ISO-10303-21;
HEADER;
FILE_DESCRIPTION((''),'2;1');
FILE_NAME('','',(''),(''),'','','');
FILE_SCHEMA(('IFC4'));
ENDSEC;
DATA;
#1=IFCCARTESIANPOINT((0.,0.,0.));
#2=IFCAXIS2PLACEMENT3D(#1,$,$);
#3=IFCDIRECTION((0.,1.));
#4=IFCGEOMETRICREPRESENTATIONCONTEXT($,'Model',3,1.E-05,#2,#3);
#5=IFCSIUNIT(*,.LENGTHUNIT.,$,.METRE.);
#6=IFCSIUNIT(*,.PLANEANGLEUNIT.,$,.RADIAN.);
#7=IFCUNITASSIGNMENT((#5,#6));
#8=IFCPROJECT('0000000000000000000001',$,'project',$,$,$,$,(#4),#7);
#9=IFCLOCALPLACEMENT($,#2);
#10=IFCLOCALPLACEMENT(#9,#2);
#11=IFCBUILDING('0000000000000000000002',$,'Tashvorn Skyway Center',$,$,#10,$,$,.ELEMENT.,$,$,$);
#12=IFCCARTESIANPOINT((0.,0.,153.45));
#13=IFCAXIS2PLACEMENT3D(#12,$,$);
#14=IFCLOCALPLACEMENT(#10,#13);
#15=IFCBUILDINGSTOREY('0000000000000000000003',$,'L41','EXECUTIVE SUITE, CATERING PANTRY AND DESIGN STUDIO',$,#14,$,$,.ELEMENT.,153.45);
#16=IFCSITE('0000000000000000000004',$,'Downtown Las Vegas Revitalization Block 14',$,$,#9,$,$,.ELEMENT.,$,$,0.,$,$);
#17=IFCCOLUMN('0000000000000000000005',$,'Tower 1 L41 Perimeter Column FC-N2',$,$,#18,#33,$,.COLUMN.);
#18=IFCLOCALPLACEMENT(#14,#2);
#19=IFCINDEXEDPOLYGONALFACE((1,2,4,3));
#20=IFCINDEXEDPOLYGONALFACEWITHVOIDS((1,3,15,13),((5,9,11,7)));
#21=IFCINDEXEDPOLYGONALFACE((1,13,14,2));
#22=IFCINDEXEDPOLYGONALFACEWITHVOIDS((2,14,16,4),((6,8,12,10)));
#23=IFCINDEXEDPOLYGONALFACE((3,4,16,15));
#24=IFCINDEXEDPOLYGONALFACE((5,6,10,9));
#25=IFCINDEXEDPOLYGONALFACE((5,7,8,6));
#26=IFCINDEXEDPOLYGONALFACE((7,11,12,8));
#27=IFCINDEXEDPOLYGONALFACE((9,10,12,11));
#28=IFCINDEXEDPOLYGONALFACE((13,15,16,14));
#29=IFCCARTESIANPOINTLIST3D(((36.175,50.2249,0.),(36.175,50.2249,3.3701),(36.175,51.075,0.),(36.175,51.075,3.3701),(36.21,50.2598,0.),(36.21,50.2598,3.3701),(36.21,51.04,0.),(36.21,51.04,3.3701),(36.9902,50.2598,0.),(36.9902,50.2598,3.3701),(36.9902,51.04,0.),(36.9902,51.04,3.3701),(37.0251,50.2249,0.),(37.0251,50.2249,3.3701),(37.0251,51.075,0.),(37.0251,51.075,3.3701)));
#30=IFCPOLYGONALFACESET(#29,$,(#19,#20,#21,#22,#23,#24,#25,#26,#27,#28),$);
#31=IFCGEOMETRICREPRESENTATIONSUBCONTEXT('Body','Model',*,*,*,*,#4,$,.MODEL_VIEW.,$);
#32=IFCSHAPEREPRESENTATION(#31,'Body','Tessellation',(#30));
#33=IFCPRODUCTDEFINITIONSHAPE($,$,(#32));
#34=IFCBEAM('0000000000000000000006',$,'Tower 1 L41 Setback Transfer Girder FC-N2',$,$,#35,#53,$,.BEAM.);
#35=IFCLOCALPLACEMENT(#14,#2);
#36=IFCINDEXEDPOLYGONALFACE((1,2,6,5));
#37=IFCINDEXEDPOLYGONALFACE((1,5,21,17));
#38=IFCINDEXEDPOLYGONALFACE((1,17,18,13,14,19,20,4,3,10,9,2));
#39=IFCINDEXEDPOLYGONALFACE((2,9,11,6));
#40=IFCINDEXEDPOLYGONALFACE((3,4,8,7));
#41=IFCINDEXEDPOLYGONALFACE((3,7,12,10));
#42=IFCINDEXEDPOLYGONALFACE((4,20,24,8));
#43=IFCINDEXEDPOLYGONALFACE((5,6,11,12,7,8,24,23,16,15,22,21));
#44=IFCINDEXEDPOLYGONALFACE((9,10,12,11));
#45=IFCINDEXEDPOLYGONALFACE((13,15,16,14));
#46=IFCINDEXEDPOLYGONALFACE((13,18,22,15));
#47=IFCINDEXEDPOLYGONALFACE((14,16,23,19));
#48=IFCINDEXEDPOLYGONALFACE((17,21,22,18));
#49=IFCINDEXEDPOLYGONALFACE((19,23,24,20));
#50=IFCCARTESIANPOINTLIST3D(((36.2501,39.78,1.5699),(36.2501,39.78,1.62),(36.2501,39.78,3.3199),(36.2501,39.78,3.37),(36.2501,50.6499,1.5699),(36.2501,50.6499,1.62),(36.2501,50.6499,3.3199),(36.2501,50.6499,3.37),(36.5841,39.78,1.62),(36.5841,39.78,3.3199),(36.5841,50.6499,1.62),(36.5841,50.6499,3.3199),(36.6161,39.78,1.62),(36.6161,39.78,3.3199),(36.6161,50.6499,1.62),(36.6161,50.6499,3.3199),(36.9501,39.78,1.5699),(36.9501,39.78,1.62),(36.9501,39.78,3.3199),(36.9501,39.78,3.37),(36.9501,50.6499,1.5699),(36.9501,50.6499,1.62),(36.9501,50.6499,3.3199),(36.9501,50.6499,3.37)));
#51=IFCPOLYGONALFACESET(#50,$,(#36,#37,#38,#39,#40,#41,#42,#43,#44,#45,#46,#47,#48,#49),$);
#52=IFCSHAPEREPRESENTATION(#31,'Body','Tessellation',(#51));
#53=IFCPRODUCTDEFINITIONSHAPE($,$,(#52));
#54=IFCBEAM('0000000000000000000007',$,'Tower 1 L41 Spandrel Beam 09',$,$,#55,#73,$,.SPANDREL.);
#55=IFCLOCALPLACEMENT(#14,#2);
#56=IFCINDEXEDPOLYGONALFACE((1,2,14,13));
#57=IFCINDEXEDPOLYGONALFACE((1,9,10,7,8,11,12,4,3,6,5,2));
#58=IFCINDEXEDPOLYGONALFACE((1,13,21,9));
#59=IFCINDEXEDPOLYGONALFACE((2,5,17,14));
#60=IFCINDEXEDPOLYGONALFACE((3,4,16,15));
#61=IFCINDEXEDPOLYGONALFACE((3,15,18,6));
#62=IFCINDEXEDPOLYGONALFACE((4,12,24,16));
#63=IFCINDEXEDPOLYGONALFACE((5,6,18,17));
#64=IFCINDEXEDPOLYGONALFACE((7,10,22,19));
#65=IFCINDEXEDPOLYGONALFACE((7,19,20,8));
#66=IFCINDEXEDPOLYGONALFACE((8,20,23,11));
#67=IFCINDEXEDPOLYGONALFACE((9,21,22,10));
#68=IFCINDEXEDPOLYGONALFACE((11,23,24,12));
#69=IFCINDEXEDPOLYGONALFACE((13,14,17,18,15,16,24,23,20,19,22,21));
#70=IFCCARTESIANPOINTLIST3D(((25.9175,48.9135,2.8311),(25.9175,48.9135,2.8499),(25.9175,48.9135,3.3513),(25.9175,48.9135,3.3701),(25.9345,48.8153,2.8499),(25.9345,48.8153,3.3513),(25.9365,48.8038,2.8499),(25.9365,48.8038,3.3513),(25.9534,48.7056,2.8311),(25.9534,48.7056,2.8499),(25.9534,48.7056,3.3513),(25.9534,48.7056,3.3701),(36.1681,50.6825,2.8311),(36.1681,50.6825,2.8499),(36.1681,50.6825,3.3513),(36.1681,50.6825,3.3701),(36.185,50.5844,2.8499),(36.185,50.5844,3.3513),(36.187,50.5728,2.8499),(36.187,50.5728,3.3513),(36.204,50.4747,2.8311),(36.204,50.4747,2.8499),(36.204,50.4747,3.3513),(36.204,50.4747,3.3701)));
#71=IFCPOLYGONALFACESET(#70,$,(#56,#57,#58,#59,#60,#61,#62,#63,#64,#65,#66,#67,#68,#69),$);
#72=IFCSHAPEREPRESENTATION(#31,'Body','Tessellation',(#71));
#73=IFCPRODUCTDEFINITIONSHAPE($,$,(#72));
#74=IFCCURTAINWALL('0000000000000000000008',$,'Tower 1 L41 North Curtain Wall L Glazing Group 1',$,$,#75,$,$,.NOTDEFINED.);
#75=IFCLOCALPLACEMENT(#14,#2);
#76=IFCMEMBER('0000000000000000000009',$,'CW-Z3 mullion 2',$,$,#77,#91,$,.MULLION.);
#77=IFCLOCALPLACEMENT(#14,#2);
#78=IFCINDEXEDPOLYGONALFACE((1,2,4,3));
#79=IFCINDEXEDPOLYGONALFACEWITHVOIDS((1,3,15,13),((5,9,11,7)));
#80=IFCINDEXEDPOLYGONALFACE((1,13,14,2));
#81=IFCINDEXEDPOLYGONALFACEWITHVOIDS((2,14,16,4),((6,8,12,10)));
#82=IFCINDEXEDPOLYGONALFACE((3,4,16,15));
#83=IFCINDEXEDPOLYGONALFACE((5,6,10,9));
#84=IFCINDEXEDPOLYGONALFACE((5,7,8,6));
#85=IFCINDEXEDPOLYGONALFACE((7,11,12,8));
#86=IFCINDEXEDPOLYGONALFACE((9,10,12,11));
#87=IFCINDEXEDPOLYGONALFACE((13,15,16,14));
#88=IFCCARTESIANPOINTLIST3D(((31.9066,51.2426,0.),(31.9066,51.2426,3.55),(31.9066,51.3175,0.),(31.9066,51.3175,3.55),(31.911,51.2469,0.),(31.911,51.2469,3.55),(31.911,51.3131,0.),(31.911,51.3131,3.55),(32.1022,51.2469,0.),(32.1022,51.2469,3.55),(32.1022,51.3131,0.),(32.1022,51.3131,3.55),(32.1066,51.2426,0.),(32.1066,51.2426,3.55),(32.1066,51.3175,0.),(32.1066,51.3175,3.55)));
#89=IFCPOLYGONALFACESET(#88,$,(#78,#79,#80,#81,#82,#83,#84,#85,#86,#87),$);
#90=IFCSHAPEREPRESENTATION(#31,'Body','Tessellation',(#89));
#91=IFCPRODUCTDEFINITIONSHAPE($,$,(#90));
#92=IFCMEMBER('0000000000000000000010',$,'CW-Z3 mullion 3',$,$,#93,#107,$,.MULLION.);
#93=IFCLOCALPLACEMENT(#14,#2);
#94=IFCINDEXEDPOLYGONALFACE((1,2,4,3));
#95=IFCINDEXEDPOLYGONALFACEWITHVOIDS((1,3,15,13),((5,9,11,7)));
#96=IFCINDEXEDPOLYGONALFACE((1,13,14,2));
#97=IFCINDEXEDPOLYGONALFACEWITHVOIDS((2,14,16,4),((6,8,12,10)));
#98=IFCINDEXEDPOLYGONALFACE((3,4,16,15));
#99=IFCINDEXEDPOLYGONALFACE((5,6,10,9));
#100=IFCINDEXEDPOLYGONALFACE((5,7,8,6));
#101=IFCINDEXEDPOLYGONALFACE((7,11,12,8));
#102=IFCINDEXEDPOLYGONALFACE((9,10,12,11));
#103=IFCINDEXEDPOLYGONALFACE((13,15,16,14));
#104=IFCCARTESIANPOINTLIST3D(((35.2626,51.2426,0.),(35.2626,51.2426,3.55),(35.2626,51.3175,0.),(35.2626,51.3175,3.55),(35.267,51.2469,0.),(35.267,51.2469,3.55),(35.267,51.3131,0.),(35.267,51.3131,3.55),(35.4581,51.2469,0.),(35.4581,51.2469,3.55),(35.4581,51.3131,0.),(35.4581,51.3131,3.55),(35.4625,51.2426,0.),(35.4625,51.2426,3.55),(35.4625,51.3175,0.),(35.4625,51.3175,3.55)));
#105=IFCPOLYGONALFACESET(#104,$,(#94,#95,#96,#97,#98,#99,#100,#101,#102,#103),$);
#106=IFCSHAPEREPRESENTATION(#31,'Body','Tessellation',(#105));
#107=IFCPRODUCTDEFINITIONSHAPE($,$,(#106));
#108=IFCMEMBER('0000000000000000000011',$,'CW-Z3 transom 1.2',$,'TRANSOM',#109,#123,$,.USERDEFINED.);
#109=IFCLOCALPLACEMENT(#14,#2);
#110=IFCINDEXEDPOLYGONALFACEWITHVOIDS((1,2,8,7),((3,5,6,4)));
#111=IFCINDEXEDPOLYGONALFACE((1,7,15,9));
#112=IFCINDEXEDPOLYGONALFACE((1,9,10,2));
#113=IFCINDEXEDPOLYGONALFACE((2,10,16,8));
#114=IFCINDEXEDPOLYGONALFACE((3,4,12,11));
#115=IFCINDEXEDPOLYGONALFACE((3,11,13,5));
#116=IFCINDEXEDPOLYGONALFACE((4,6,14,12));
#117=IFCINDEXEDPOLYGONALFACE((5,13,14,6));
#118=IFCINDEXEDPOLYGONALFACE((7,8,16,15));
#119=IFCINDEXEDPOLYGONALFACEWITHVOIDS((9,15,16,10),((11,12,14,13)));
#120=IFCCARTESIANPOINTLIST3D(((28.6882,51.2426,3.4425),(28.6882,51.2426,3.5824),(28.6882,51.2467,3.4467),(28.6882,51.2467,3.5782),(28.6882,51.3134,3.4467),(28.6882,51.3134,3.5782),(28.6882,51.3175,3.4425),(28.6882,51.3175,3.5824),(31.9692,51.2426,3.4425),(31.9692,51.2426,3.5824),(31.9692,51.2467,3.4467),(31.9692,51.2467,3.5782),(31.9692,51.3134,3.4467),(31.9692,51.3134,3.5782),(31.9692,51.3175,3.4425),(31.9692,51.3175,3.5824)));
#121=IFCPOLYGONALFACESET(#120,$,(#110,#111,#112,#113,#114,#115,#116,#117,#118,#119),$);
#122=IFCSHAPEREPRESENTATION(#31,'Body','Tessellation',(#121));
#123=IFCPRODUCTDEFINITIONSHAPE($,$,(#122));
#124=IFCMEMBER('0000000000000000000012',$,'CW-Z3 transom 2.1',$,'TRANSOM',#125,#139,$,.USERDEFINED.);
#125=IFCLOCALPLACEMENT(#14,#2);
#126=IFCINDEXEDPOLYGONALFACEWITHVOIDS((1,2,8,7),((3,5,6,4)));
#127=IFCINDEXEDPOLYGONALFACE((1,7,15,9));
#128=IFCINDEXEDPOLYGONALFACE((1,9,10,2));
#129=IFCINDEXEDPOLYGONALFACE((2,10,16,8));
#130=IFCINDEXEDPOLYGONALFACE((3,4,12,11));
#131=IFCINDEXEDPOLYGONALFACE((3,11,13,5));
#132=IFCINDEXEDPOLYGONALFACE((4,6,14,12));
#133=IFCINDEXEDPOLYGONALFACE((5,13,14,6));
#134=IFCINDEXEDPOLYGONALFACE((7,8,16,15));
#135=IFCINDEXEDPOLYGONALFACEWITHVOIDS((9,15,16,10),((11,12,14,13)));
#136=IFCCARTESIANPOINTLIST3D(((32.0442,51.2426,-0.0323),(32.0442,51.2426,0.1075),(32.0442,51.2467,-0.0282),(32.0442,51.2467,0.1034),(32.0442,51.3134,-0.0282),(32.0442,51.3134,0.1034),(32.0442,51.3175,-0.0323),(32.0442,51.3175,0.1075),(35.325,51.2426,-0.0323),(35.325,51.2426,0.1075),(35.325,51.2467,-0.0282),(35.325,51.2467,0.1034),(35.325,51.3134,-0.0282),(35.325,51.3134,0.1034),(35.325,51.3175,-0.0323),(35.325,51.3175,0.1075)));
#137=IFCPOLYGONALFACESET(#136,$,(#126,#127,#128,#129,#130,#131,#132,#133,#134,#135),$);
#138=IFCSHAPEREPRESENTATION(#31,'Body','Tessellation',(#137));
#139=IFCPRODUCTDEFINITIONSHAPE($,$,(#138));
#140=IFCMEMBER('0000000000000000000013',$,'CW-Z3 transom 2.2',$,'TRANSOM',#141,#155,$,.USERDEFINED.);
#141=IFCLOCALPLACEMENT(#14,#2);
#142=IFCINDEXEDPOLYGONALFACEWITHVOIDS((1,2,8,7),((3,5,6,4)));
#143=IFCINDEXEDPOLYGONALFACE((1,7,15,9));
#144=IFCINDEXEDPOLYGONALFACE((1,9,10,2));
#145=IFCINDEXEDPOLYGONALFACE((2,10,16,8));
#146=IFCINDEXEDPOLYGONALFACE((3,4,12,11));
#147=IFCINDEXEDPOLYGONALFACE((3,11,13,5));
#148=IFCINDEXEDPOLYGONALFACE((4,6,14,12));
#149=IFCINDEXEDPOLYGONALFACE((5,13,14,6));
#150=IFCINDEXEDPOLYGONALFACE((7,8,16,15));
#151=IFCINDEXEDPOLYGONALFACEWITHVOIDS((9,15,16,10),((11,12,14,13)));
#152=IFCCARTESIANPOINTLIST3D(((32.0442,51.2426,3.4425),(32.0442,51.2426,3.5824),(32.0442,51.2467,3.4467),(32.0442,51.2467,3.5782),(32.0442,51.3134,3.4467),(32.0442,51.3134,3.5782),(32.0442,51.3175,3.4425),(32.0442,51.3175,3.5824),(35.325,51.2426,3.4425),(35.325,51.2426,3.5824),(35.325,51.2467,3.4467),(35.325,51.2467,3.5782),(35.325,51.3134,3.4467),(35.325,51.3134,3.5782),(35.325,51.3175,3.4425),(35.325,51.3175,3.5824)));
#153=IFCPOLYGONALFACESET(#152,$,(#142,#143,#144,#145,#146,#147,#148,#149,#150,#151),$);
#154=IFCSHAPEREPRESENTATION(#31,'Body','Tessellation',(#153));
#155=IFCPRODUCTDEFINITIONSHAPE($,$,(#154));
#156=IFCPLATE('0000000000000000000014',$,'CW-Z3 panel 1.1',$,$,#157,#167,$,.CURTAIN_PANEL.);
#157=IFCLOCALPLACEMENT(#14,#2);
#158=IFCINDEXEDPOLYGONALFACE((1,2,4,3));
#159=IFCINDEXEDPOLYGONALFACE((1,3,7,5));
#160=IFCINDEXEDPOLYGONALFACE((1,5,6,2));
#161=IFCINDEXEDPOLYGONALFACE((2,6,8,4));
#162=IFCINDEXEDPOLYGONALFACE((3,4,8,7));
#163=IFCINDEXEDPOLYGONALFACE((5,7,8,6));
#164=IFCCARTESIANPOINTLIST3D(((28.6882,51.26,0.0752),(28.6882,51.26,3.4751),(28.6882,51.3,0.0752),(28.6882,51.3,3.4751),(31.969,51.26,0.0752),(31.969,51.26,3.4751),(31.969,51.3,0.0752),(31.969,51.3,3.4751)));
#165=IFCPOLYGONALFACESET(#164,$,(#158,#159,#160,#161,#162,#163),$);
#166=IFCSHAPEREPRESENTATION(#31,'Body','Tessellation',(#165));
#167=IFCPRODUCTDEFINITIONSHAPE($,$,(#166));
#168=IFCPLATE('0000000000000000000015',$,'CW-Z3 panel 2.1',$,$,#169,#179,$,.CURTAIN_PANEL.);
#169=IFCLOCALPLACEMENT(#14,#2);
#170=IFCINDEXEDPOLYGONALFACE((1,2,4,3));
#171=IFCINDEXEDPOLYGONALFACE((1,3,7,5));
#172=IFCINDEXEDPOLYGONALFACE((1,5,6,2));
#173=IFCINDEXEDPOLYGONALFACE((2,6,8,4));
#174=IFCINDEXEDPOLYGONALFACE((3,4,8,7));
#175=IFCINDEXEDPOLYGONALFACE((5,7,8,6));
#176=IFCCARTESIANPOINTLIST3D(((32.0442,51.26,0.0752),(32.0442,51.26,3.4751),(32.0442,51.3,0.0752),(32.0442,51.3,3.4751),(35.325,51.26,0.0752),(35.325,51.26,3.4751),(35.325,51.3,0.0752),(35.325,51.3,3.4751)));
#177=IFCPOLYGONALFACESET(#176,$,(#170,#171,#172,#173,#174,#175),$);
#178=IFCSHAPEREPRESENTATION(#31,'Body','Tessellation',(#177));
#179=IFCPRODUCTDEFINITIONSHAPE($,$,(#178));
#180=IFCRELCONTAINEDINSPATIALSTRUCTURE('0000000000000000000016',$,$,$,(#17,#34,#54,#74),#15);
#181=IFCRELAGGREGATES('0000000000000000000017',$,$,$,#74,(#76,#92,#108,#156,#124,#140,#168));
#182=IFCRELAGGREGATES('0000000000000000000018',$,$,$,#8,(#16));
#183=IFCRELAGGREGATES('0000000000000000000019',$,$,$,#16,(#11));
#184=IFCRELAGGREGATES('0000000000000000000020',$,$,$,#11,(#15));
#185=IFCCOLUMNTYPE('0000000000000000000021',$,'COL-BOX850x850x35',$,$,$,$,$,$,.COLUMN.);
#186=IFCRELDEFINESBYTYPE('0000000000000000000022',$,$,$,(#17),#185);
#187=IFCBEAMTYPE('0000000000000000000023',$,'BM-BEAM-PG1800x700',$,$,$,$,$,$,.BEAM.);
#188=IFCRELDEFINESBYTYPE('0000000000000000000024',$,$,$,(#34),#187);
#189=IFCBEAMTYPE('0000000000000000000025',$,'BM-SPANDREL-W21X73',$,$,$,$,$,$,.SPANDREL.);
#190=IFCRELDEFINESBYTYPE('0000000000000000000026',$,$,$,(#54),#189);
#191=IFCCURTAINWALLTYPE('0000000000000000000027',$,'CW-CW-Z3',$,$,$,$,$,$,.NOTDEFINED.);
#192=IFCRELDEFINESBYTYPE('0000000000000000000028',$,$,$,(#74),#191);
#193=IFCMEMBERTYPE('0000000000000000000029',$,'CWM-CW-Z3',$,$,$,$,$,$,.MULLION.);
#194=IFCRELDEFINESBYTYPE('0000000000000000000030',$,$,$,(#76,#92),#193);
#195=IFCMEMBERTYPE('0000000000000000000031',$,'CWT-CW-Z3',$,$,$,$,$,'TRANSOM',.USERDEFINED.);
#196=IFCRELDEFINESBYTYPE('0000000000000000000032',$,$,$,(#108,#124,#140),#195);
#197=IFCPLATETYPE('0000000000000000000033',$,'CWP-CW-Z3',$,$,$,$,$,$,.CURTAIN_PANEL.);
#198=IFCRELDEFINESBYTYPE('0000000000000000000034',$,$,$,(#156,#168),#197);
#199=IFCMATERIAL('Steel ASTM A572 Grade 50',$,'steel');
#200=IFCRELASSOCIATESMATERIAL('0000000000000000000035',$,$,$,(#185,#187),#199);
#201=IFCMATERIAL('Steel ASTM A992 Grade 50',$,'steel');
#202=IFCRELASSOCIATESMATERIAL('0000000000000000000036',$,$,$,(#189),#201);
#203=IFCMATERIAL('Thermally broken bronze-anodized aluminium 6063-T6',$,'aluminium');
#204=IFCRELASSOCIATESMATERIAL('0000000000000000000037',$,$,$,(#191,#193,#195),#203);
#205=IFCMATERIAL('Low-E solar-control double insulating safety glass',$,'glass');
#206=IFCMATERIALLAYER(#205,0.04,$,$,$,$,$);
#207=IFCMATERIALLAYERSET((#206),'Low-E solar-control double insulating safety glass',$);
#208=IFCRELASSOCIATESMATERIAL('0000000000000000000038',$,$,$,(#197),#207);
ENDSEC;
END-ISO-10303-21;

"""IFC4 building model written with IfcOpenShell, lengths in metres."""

from ifc_helpers import new_model, si_unit, direction, frame, origin, origin_2d, place, context, subcontext, project, spatial, rectangle, hollow_rectangle, i_section, extrude, material, layer, layer_set, material_profile, profile_set, type_object, element, aggregate, save


model = new_model("IFC4")

# Units and contexts
model_context = context("Model", 3, precision=1e-05, world=origin(), true_north=direction((0.0, 1.0)))
body_context = subcontext(model_context, "Body", "Model", "MODEL_VIEW")
ifc_project = project(units=[si_unit("LENGTHUNIT", "METRE"), si_unit("PLANEANGLEUNIT", "RADIAN")], contexts=[model_context])

# Site, building, storey
site_placement = place(None, origin())
site = spatial("IfcSite", under=ifc_project, at=site_placement, Name="Downtown Las Vegas Revitalization Block 14", CompositionType="ELEMENT", RefElevation=0.0)
building_placement = place(site_placement, origin())
building = spatial("IfcBuilding", under=site, at=building_placement, Name="Tashvorn Skyway Center", CompositionType="ELEMENT")
storey_placement = place(building_placement, frame((0.0, 0.0, 153.45)))
storey = spatial("IfcBuildingStorey", under=building, at=storey_placement, Name="L41", Description="EXECUTIVE SUITE, CATERING PANTRY AND DESIGN STUDIO", CompositionType="ELEMENT", Elevation=153.45)

# Column
ifc_material_1 = material(Name="Steel ASTM A572 Grade 50", Category="steel")
ifc_material_profile_1 = material_profile(ifc_material_1, hollow_rectangle(XDim=0.8501, YDim=0.8501, WallThickness=0.0349, at=origin_2d()), Name="BOX850x850x35")
ifc_profile_set_1 = profile_set([ifc_material_profile_1], Name="Steel ASTM A572 Grade 50")
column_type = type_object("IfcColumnType", Name="COL-BOX850x850x35", PredefinedType="COLUMN", material=ifc_profile_set_1)
column_placement = place(storey_placement, frame((36.6001, 50.6499, 0.0), z_axis=(0.0, 0.0, 1.0), x_axis=(1.0, 0.0, 0.0)))
element("IfcColumn", 1, at=column_placement, inside=storey, type_object=column_type, Name="Tower 1 L41 Perimeter Column FC-N2", PredefinedType="COLUMN", context=body_context, shape_type="SweptSolid", body=[
    extrude(hollow_rectangle(XDim=0.8501, YDim=0.8501, WallThickness=0.0349, at=origin_2d()), origin(), (0.0, 0.0, 1.0), 3.3701),
])

# Beams
ifc_material_profile_2 = material_profile(ifc_material_1, i_section(OverallWidth=0.7, OverallDepth=1.8, WebThickness=0.032, FlangeThickness=0.05, at=origin_2d()), Name="PG1800x700")
ifc_profile_set_2 = profile_set([ifc_material_profile_2], Name="Steel ASTM A572 Grade 50")
beam_type_1 = type_object("IfcBeamType", Name="BM-BEAM-PG1800x700", PredefinedType="BEAM", material=ifc_profile_set_2)
beam_1_placement = place(storey_placement, frame((36.6001, 50.6499, 2.47), z_axis=(0.0, -1.0, 0.0), x_axis=(1.0, 0.0, 0.0)))
element("IfcBeam", 2, at=beam_1_placement, inside=storey, type_object=beam_type_1, Name="Tower 1 L41 Setback Transfer Girder FC-N2", PredefinedType="BEAM", context=body_context, shape_type="SweptSolid", body=[
    extrude(i_section(OverallWidth=0.7, OverallDepth=1.8, WebThickness=0.032, FlangeThickness=0.05, at=origin_2d()), origin(), (0.0, 0.0, 1.0), 10.8699),
])
ifc_material_2 = material(Name="Steel ASTM A992 Grade 50", Category="steel")
ifc_material_profile_3 = material_profile(ifc_material_2, i_section(OverallWidth=0.2109, OverallDepth=0.5391, WebThickness=0.0117, FlangeThickness=0.0188, at=origin_2d()), Name="W21X73")
ifc_profile_set_3 = profile_set([ifc_material_profile_3], Name="Steel ASTM A992 Grade 50")
beam_type_2 = type_object("IfcBeamType", Name="BM-SPANDREL-W21X73", PredefinedType="SPANDREL", material=ifc_profile_set_3)
beam_2_placement = place(storey_placement, frame((36.186, 50.5786, 3.1006), z_axis=(-0.985432, -0.170067, 0.0), x_axis=(0.170067, -0.985432, 0.0)))
element("IfcBeam", 3, at=beam_2_placement, inside=storey, type_object=beam_type_2, Name="Tower 1 L41 Spandrel Beam 09", PredefinedType="SPANDREL", context=body_context, shape_type="SweptSolid", body=[
    extrude(i_section(OverallWidth=0.2109, OverallDepth=0.5391, WebThickness=0.0117, FlangeThickness=0.0188, at=origin_2d()), origin(), (0.0, 0.0, 1.0), 10.4021),
])

# Curtain wall, members, plates
ifc_material_3 = material(Name="Thermally broken bronze-anodized aluminium 6063-T6", Category="aluminium")
curtain_wall_type = type_object("IfcCurtainWallType", Name="CW-CW-Z3", PredefinedType="NOTDEFINED", material=ifc_material_3)
curtain_wall_placement = place(storey_placement, origin())
curtain_wall = element("IfcCurtainWall", 4, at=curtain_wall_placement, inside=storey, type_object=curtain_wall_type, Name="Tower 1 L41 North Curtain Wall L Glazing Group 1", PredefinedType="NOTDEFINED")
ifc_material_profile_4 = material_profile(ifc_material_3, hollow_rectangle(XDim=0.075, YDim=0.2, WallThickness=0.0044, at=origin_2d()), Name="ALU-MULL-75x200")
ifc_profile_set_4 = profile_set([ifc_material_profile_4], Name="Thermally broken bronze-anodized aluminium 6063-T6")
member_type_1 = type_object("IfcMemberType", Name="CWM-CW-Z3", PredefinedType="MULLION", material=ifc_profile_set_4)
member_1_placement = place(storey_placement, frame((32.0066, 51.28, 0.0), z_axis=(0.0, 0.0, 1.0), x_axis=(0.0, 1.0, 0.0)))
member_1 = element("IfcMember", 5, at=member_1_placement, type_object=member_type_1, Name="CW-Z3 mullion 2", PredefinedType="MULLION", context=body_context, shape_type="SweptSolid", body=[
    extrude(hollow_rectangle(XDim=0.075, YDim=0.2, WallThickness=0.0044, at=origin_2d()), origin(), (0.0, 0.0, 1.0), 3.55),
])
member_2_placement = place(storey_placement, frame((35.3625, 51.28, 0.0), z_axis=(0.0, 0.0, 1.0), x_axis=(0.0, 1.0, 0.0)))
member_2 = element("IfcMember", 6, at=member_2_placement, type_object=member_type_1, Name="CW-Z3 mullion 3", PredefinedType="MULLION", context=body_context, shape_type="SweptSolid", body=[
    extrude(hollow_rectangle(XDim=0.075, YDim=0.2, WallThickness=0.0044, at=origin_2d()), origin(), (0.0, 0.0, 1.0), 3.55),
])
ifc_material_profile_5 = material_profile(ifc_material_3, hollow_rectangle(XDim=0.075, YDim=0.1399, WallThickness=0.0042, at=origin_2d()), Name="ALU-TRAN-75x140")
ifc_profile_set_5 = profile_set([ifc_material_profile_5], Name="Thermally broken bronze-anodized aluminium 6063-T6")
member_type_2 = type_object("IfcMemberType", Name="CWT-CW-Z3", ElementType="TRANSOM", PredefinedType="USERDEFINED", material=ifc_profile_set_5)
member_3_placement = place(storey_placement, frame((28.6882, 51.28, 3.5125), z_axis=(1.0, 0.0, 0.0), x_axis=(0.0, 1.0, 0.0)))
member_3 = element("IfcMember", 7, at=member_3_placement, type_object=member_type_2, Name="CW-Z3 transom 1.2", ObjectType="TRANSOM", PredefinedType="USERDEFINED", context=body_context, shape_type="SweptSolid", body=[
    extrude(hollow_rectangle(XDim=0.075, YDim=0.1399, WallThickness=0.0042, at=origin_2d()), origin(), (0.0, 0.0, 1.0), 3.281),
])
member_4_placement = place(storey_placement, frame((32.0442, 51.28, 0.0376), z_axis=(1.0, 0.0, 0.0), x_axis=(0.0, 1.0, 0.0)))
member_4 = element("IfcMember", 8, at=member_4_placement, type_object=member_type_2, Name="CW-Z3 transom 2.1", ObjectType="TRANSOM", PredefinedType="USERDEFINED", context=body_context, shape_type="SweptSolid", body=[
    extrude(hollow_rectangle(XDim=0.075, YDim=0.1399, WallThickness=0.0042, at=origin_2d()), origin(), (0.0, 0.0, 1.0), 3.2808),
])
member_5_placement = place(storey_placement, frame((32.0442, 51.28, 3.5125), z_axis=(1.0, 0.0, 0.0), x_axis=(0.0, 1.0, 0.0)))
member_5 = element("IfcMember", 9, at=member_5_placement, type_object=member_type_2, Name="CW-Z3 transom 2.2", ObjectType="TRANSOM", PredefinedType="USERDEFINED", context=body_context, shape_type="SweptSolid", body=[
    extrude(hollow_rectangle(XDim=0.075, YDim=0.1399, WallThickness=0.0042, at=origin_2d()), origin(), (0.0, 0.0, 1.0), 3.2808),
])
ifc_material_4 = material(Name="Low-E solar-control double insulating safety glass", Category="glass")
ifc_layer_1 = layer(ifc_material_4, 0.04)
ifc_layer_set_1 = layer_set([ifc_layer_1], Name="Low-E solar-control double insulating safety glass")
plate_type_1 = type_object("IfcPlateType", Name="CWP-CW-Z3", PredefinedType="CURTAIN_PANEL", material=ifc_layer_set_1)
plate_1_placement = place(storey_placement, frame((30.3286, 51.28, 0.0752), z_axis=(0.0, 0.0, 1.0), x_axis=(1.0, 0.0, 0.0)))
plate_1 = element("IfcPlate", 10, at=plate_1_placement, type_object=plate_type_1, Name="CW-Z3 panel 1.1", PredefinedType="CURTAIN_PANEL", context=body_context, shape_type="SweptSolid", body=[
    extrude(rectangle(XDim=3.2808, YDim=0.04, at=origin_2d()), origin(), (0.0, 0.0, 1.0), 3.3999),
])
plate_2_placement = place(storey_placement, frame((33.6846, 51.28, 0.0752), z_axis=(0.0, 0.0, 1.0), x_axis=(1.0, 0.0, 0.0)))
plate_2 = element("IfcPlate", 11, at=plate_2_placement, type_object=plate_type_1, Name="CW-Z3 panel 2.1", PredefinedType="CURTAIN_PANEL", context=body_context, shape_type="SweptSolid", body=[
    extrude(rectangle(XDim=3.2808, YDim=0.04, at=origin_2d()), origin(), (0.0, 0.0, 1.0), 3.3999),
])
aggregate(curtain_wall, [member_1, member_2, member_3, plate_1, member_4, member_5, plate_2])

save(model, "model.ifc")
